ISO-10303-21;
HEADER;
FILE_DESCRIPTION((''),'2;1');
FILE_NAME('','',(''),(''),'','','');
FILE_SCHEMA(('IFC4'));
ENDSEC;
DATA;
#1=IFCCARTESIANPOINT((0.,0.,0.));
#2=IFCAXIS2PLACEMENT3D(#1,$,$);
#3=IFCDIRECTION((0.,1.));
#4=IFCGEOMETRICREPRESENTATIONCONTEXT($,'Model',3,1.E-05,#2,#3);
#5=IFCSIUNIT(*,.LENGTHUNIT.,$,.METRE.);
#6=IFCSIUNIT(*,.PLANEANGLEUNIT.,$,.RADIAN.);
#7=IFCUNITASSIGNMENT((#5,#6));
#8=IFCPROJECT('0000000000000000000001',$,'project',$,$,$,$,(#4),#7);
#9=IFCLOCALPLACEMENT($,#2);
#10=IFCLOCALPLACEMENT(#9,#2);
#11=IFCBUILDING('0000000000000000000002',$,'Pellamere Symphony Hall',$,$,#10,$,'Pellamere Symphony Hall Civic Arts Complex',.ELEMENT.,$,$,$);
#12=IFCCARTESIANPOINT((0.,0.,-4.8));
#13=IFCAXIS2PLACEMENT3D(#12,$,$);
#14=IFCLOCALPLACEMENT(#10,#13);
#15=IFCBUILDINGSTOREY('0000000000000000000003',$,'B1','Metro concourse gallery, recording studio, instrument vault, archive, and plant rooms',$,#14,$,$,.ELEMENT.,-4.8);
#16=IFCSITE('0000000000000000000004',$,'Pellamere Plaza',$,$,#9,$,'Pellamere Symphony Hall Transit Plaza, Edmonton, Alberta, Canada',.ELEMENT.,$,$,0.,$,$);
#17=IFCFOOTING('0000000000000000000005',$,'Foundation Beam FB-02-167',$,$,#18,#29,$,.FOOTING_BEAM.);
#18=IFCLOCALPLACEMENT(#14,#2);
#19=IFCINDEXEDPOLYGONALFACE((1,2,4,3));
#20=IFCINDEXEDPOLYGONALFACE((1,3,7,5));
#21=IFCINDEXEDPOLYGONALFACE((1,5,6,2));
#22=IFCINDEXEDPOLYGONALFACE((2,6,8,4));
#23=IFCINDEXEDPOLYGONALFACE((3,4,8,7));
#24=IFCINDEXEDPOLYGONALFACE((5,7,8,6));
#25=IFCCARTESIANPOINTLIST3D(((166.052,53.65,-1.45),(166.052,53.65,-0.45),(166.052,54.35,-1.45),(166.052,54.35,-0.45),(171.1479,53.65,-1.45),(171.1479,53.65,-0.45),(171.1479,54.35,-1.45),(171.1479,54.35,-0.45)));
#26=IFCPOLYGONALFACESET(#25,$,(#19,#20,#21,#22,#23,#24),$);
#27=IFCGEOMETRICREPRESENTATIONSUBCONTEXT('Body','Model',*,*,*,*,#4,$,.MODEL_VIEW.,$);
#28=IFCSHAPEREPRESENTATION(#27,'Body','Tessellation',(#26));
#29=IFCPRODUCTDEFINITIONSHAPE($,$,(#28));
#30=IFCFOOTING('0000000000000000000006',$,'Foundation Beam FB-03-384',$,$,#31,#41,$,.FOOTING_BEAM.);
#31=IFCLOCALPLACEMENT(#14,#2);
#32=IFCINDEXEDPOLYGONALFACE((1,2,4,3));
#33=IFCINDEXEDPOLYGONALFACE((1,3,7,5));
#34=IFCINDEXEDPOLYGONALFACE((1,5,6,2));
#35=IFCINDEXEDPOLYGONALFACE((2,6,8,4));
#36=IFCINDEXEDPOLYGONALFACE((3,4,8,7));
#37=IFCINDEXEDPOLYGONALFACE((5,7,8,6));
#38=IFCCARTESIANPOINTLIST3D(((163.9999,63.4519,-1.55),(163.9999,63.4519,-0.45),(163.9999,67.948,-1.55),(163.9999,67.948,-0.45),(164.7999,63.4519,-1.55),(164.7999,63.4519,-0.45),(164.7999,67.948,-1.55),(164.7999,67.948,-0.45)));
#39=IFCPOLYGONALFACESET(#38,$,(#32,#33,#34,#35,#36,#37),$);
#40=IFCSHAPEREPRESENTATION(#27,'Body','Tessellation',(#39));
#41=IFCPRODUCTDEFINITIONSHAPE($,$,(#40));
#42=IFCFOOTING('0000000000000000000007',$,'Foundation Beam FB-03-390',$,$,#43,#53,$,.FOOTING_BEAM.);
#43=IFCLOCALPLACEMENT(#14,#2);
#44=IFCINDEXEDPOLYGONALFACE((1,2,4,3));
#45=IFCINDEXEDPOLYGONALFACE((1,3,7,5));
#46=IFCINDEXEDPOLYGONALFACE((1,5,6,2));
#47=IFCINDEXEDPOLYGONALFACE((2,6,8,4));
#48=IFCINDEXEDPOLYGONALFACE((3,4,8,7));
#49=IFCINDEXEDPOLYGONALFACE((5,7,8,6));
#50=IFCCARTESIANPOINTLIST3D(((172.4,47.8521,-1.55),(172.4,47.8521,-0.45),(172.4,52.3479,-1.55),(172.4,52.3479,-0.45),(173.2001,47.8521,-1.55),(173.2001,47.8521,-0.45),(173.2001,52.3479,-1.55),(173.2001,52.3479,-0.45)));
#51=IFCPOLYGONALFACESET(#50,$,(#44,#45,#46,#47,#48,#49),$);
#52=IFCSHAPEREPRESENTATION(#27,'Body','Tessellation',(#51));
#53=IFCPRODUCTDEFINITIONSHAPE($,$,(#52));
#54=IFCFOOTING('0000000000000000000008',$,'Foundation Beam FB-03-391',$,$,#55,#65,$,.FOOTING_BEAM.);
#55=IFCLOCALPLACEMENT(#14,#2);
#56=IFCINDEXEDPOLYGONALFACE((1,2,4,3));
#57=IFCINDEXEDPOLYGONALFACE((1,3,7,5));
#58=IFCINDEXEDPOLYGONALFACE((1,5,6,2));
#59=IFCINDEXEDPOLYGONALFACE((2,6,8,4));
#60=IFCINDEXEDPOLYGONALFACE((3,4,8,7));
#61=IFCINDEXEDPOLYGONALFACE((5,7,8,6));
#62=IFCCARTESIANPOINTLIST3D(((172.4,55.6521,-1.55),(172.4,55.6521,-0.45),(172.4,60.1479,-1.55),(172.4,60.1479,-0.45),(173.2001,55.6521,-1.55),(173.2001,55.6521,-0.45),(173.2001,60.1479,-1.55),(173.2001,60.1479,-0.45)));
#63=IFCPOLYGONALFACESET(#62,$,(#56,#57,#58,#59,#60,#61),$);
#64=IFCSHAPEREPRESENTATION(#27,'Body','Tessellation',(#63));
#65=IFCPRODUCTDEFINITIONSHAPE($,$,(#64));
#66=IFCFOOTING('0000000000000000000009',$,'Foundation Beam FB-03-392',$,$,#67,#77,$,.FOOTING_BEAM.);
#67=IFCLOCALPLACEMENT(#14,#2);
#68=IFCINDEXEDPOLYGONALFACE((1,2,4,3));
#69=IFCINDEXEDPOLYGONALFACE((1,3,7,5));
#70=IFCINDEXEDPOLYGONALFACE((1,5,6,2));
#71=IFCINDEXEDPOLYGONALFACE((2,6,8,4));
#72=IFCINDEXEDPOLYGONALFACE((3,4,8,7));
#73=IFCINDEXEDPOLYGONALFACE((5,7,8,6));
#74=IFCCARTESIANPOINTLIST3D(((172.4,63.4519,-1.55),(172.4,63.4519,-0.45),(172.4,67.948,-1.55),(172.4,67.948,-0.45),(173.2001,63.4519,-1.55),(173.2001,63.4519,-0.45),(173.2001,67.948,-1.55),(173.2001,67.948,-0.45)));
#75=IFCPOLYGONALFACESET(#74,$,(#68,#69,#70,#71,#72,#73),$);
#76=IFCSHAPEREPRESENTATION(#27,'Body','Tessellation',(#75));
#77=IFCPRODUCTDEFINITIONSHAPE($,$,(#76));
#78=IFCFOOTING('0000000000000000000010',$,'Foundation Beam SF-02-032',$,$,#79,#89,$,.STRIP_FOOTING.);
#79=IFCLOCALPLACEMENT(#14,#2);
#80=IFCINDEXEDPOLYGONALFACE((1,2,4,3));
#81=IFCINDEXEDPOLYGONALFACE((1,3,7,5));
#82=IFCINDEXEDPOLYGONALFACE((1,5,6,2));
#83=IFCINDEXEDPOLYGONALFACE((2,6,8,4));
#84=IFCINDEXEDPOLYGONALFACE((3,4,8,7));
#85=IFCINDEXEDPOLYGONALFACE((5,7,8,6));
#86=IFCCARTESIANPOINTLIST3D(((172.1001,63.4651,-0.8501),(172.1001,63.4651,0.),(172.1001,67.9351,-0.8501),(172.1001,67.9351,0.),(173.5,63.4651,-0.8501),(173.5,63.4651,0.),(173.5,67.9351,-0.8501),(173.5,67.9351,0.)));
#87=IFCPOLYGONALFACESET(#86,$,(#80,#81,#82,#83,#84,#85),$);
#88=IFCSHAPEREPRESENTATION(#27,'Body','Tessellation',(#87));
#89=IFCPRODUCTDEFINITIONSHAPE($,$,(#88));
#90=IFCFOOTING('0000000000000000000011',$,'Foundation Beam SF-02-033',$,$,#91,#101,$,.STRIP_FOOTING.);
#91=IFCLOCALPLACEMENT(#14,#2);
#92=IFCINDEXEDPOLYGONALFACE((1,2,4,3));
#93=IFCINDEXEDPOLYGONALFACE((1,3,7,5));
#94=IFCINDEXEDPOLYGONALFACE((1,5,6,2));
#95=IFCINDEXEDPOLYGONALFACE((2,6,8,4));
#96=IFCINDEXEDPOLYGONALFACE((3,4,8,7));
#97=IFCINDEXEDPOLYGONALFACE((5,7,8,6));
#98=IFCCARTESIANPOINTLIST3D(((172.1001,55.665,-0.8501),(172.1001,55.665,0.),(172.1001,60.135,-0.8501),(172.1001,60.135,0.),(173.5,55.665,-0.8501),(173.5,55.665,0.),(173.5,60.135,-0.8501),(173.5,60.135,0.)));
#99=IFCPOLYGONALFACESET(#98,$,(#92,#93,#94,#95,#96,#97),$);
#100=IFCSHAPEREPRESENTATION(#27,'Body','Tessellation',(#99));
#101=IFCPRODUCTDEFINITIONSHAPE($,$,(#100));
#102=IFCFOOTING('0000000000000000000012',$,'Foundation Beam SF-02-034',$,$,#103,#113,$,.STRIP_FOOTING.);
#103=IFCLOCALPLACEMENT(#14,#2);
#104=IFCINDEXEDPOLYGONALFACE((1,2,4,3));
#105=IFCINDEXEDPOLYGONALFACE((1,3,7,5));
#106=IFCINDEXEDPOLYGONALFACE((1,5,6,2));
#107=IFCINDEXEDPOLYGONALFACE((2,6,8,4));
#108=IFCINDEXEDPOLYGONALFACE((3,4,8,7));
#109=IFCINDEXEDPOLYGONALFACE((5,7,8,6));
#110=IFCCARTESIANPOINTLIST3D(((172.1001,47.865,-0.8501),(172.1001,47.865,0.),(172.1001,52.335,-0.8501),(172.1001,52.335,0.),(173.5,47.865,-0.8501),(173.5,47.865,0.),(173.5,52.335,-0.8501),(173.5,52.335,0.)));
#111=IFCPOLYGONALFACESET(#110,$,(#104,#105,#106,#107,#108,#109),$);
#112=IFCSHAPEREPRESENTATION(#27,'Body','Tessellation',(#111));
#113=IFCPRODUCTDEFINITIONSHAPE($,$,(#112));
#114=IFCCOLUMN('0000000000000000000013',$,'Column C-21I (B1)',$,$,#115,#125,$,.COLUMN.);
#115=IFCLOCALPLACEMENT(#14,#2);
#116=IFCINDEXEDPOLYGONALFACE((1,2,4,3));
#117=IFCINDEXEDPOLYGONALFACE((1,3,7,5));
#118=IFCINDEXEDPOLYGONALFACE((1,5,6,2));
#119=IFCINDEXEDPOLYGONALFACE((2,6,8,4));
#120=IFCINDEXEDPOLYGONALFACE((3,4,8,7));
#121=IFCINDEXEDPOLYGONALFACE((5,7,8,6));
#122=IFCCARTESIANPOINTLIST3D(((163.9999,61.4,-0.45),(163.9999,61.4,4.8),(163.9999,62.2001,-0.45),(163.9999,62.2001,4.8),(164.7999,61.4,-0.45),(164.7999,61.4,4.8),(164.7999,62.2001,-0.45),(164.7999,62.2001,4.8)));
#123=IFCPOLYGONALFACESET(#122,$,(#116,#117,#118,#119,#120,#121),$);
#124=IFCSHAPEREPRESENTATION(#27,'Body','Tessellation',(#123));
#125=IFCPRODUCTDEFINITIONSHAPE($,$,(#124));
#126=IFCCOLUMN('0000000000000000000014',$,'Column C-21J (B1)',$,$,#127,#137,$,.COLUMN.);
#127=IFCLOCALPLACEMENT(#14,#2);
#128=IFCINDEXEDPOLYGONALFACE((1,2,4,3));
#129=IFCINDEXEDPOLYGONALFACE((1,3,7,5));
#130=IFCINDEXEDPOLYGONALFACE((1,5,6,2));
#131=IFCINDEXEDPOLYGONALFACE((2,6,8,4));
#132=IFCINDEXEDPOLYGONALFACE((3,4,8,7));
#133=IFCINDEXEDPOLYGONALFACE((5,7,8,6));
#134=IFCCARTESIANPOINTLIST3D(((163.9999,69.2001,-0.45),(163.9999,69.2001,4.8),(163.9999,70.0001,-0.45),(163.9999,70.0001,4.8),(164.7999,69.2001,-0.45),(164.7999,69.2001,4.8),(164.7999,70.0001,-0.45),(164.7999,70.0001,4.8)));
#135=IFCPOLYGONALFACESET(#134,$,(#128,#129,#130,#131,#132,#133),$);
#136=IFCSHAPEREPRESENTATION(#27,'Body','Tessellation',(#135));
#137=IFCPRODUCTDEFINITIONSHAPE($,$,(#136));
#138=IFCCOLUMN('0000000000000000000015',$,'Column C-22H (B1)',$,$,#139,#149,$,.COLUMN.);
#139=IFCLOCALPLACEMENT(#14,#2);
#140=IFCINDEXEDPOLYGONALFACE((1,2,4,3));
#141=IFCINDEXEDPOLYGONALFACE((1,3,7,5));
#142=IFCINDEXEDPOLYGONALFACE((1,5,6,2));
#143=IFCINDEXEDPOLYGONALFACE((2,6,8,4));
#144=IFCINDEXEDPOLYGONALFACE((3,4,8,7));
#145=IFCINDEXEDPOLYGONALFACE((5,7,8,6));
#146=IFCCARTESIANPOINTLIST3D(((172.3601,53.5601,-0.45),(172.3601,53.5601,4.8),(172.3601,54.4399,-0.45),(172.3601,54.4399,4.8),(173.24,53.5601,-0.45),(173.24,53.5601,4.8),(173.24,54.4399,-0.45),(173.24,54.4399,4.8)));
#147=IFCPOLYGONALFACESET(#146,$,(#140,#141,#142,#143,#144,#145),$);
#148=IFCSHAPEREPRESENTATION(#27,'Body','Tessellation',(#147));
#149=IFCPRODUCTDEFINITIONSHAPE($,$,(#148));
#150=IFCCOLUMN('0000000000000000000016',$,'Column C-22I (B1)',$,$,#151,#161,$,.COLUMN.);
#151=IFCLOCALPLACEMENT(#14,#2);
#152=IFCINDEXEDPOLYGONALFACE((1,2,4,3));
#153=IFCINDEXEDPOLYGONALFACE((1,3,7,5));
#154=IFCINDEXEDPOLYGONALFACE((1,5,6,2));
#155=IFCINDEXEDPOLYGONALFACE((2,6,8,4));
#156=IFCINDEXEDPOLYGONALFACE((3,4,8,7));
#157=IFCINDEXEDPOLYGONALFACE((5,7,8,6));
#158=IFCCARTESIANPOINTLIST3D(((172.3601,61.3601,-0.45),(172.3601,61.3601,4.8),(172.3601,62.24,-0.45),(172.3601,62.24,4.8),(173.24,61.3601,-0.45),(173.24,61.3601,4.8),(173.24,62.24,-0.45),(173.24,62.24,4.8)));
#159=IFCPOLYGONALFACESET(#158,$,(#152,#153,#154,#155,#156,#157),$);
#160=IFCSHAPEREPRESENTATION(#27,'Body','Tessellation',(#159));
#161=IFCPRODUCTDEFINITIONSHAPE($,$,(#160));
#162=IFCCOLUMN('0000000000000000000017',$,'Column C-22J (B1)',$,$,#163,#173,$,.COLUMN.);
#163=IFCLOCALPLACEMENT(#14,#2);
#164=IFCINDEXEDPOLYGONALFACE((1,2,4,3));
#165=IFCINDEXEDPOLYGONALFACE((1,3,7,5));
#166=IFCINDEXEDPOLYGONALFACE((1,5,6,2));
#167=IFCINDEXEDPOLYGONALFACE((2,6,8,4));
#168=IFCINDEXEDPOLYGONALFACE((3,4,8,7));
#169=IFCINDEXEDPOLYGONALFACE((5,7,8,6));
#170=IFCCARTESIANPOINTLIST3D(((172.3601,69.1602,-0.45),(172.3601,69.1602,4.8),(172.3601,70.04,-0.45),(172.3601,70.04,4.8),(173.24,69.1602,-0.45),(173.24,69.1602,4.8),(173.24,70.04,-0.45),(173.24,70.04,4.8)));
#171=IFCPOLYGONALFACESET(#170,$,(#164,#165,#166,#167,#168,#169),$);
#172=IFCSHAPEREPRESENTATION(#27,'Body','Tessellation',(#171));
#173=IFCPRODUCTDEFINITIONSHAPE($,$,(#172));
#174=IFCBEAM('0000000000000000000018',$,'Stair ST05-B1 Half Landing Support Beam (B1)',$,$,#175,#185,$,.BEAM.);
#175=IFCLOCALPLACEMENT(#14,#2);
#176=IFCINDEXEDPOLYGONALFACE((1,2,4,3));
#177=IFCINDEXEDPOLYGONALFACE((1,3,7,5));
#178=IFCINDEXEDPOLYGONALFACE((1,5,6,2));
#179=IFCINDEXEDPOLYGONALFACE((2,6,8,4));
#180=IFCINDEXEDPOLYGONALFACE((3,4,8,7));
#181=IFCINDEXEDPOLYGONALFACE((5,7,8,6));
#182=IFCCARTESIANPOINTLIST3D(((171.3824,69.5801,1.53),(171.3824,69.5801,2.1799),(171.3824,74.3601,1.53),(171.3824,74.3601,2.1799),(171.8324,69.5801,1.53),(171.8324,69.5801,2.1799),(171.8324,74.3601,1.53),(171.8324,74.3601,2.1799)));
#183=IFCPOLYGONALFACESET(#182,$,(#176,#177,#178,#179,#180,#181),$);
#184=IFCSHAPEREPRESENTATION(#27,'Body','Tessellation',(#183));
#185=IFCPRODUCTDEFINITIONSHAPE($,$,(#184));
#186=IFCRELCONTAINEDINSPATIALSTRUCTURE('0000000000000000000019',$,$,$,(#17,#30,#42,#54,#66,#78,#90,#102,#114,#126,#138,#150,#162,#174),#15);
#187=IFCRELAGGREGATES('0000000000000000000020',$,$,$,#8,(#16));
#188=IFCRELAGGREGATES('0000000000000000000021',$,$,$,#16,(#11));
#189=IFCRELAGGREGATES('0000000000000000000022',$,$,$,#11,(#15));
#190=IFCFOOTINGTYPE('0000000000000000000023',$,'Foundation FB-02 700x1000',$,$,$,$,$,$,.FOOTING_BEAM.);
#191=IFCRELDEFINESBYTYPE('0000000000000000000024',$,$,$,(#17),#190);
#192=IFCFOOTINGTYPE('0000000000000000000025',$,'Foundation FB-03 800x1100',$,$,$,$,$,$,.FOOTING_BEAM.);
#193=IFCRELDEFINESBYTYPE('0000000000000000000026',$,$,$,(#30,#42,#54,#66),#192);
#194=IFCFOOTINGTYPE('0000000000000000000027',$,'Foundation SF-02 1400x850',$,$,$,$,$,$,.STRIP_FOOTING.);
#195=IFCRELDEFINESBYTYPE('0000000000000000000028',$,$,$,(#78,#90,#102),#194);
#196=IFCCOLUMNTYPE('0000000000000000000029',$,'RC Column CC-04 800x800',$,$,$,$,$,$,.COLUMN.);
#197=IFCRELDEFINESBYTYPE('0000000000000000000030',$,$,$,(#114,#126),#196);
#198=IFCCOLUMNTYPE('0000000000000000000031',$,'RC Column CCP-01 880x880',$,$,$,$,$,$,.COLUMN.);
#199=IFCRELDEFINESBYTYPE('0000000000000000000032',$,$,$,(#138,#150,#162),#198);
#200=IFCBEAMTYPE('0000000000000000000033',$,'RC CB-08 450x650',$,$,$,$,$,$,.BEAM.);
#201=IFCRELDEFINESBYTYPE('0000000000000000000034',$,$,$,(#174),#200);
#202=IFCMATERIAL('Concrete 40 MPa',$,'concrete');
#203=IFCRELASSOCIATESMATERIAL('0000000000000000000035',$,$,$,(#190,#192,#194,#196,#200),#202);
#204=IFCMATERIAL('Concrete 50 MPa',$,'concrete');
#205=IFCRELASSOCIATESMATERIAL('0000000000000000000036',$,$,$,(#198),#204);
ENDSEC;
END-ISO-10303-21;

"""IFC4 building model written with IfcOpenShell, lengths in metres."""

from ifc_helpers import new_model, si_unit, direction, frame, origin, origin_2d, place, context, subcontext, project, spatial, rectangle, extrude, material, material_profile, profile_set, type_object, element, save


model = new_model("IFC4")

# Units and contexts
model_context = context("Model", 3, precision=1e-05, world=origin(), true_north=direction((0.0, 1.0)))
body_context = subcontext(model_context, "Body", "Model", "MODEL_VIEW")
ifc_project = project(units=[si_unit("LENGTHUNIT", "METRE"), si_unit("PLANEANGLEUNIT", "RADIAN")], contexts=[model_context])

# Site, building, storey
site_placement = place(None, origin())
site = spatial("IfcSite", under=ifc_project, at=site_placement, Name="Pellamere Plaza", LongName="Pellamere Symphony Hall Transit Plaza, Edmonton, Alberta, Canada", CompositionType="ELEMENT", RefElevation=0.0)
building_placement = place(site_placement, origin())
building = spatial("IfcBuilding", under=site, at=building_placement, Name="Pellamere Symphony Hall", LongName="Pellamere Symphony Hall Civic Arts Complex", CompositionType="ELEMENT")
storey_placement = place(building_placement, frame((0.0, 0.0, -4.8)))
storey = spatial("IfcBuildingStorey", under=building, at=storey_placement, Name="B1", Description="Metro concourse gallery, recording studio, instrument vault, archive, and plant rooms", CompositionType="ELEMENT", Elevation=-4.8)

# Shared definitions
ifc_material_1 = material(Name="Concrete 40 MPa", Category="concrete")

# Footings
ifc_material_profile_1 = material_profile(ifc_material_1, rectangle(XDim=0.7, YDim=1.0, at=origin_2d()), Name="RC 700x1000")
ifc_profile_set_1 = profile_set([ifc_material_profile_1], Name="Concrete 40 MPa")
footing_type_1 = type_object("IfcFootingType", Name="Foundation FB-02 700x1000", PredefinedType="FOOTING_BEAM", material=ifc_profile_set_1)
footing_1_placement = place(storey_placement, frame((166.052, 54.0, -0.95), z_axis=(1.0, 0.0, 0.0), x_axis=(0.0, 1.0, 0.0)))
element("IfcFooting", 1, at=footing_1_placement, inside=storey, type_object=footing_type_1, Name="Foundation Beam FB-02-167", PredefinedType="FOOTING_BEAM", context=body_context, shape_type="SweptSolid", body=[
    extrude(rectangle(XDim=0.7, YDim=1.0, at=origin_2d()), origin(), (0.0, 0.0, 1.0), 5.0959),
])
ifc_material_profile_2 = material_profile(ifc_material_1, rectangle(XDim=0.8, YDim=1.1001, at=origin_2d()), Name="RC 800x1100")
ifc_profile_set_2 = profile_set([ifc_material_profile_2], Name="Concrete 40 MPa")
footing_type_2 = type_object("IfcFootingType", Name="Foundation FB-03 800x1100", PredefinedType="FOOTING_BEAM", material=ifc_profile_set_2)
footing_2_placement = place(storey_placement, frame((164.3999, 63.4519, -1.0), z_axis=(0.0, 1.0, 0.0), x_axis=(-1.0, 0.0, 0.0)))
element("IfcFooting", 2, at=footing_2_placement, inside=storey, type_object=footing_type_2, Name="Foundation Beam FB-03-384", PredefinedType="FOOTING_BEAM", context=body_context, shape_type="SweptSolid", body=[
    extrude(rectangle(XDim=0.8, YDim=1.1001, at=origin_2d()), origin(), (0.0, 0.0, 1.0), 4.4961),
])
for number, where, z_axis, x_axis, name in (
    (3, (172.8, 47.8521, -1.0), (0.0, 1.0, 0.0), (-1.0, 0.0, 0.0), "Foundation Beam FB-03-390"),
    (4, (172.8, 55.6521, -1.0), (0.0, 1.0, 0.0), (-1.0, 0.0, 0.0), "Foundation Beam FB-03-391"),
):
    element("IfcFooting", number, at=place(storey_placement, frame(where, z_axis=z_axis, x_axis=x_axis)), inside=storey, type_object=footing_type_2, Name=name, PredefinedType="FOOTING_BEAM", context=body_context, shape_type="SweptSolid", body=[
        extrude(rectangle(XDim=0.8, YDim=1.1001, at=origin_2d()), origin(), (0.0, 0.0, 1.0), 4.4958),
    ])
footing_3_placement = place(storey_placement, frame((172.8, 63.4519, -1.0), z_axis=(0.0, 1.0, 0.0), x_axis=(-1.0, 0.0, 0.0)))
element("IfcFooting", 5, at=footing_3_placement, inside=storey, type_object=footing_type_2, Name="Foundation Beam FB-03-392", PredefinedType="FOOTING_BEAM", context=body_context, shape_type="SweptSolid", body=[
    extrude(rectangle(XDim=0.8, YDim=1.1001, at=origin_2d()), origin(), (0.0, 0.0, 1.0), 4.4961),
])
ifc_material_profile_3 = material_profile(ifc_material_1, rectangle(XDim=1.3999, YDim=0.8501, at=origin_2d()), Name="RC 1400x850")
ifc_profile_set_3 = profile_set([ifc_material_profile_3], Name="Concrete 40 MPa")
footing_type_3 = type_object("IfcFootingType", Name="Foundation SF-02 1400x850", PredefinedType="STRIP_FOOTING", material=ifc_profile_set_3)
for number, where, z_axis, x_axis, name in (
    (6, (172.8, 67.9351, -0.425), (0.0, -1.0, 0.0), (1.0, 0.0, 0.0), "Foundation Beam SF-02-032"),
    (7, (172.8, 60.135, -0.425), (0.0, -1.0, 0.0), (1.0, 0.0, 0.0), "Foundation Beam SF-02-033"),
    (8, (172.8, 52.335, -0.425), (0.0, -1.0, 0.0), (1.0, 0.0, 0.0), "Foundation Beam SF-02-034"),
):
    element("IfcFooting", number, at=place(storey_placement, frame(where, z_axis=z_axis, x_axis=x_axis)), inside=storey, type_object=footing_type_3, Name=name, PredefinedType="STRIP_FOOTING", context=body_context, shape_type="SweptSolid", body=[
        extrude(rectangle(XDim=1.3999, YDim=0.8501, at=origin_2d()), origin(), (0.0, 0.0, 1.0), 4.47),
    ])

# Columns
ifc_material_profile_4 = material_profile(ifc_material_1, rectangle(XDim=0.8, YDim=0.8, at=origin_2d()), Name="RC 800x800")
ifc_profile_set_4 = profile_set([ifc_material_profile_4], Name="Concrete 40 MPa")
column_type_1 = type_object("IfcColumnType", Name="RC Column CC-04 800x800", PredefinedType="COLUMN", material=ifc_profile_set_4)
for number, where, z_axis, x_axis, name in (
    (9, (164.3999, 61.8, -0.45), (0.0, 0.0, 1.0), (1.0, 0.0, 0.0), "Column C-21I (B1)"),
    (10, (164.3999, 69.6001, -0.45), (0.0, 0.0, 1.0), (1.0, 0.0, 0.0), "Column C-21J (B1)"),
):
    element("IfcColumn", number, at=place(storey_placement, frame(where, z_axis=z_axis, x_axis=x_axis)), inside=storey, type_object=column_type_1, Name=name, PredefinedType="COLUMN", context=body_context, shape_type="SweptSolid", body=[
        extrude(rectangle(XDim=0.8, YDim=0.8, at=origin_2d()), origin(), (0.0, 0.0, 1.0), 5.25),
    ])
ifc_material_2 = material(Name="Concrete 50 MPa", Category="concrete")
ifc_material_profile_5 = material_profile(ifc_material_2, rectangle(XDim=0.8799, YDim=0.8799, at=origin_2d()), Name="RC 880x880")
ifc_profile_set_5 = profile_set([ifc_material_profile_5], Name="Concrete 50 MPa")
column_type_2 = type_object("IfcColumnType", Name="RC Column CCP-01 880x880", PredefinedType="COLUMN", material=ifc_profile_set_5)
for number, where, z_axis, x_axis, name in (
    (11, (172.8, 54.0, -0.45), (0.0, 0.0, 1.0), (1.0, 0.0, 0.0), "Column C-22H (B1)"),
    (12, (172.8, 61.8, -0.45), (0.0, 0.0, 1.0), (1.0, 0.0, 0.0), "Column C-22I (B1)"),
    (13, (172.8, 69.6001, -0.45), (0.0, 0.0, 1.0), (1.0, 0.0, 0.0), "Column C-22J (B1)"),
):
    element("IfcColumn", number, at=place(storey_placement, frame(where, z_axis=z_axis, x_axis=x_axis)), inside=storey, type_object=column_type_2, Name=name, PredefinedType="COLUMN", context=body_context, shape_type="SweptSolid", body=[
        extrude(rectangle(XDim=0.8799, YDim=0.8799, at=origin_2d()), origin(), (0.0, 0.0, 1.0), 5.25),
    ])

# Beam
ifc_material_profile_6 = material_profile(ifc_material_1, rectangle(XDim=0.45, YDim=0.6499, at=origin_2d()), Name="RC 450x650")
ifc_profile_set_6 = profile_set([ifc_material_profile_6], Name="Concrete 40 MPa")
beam_type = type_object("IfcBeamType", Name="RC CB-08 450x650", PredefinedType="BEAM", material=ifc_profile_set_6)
beam_placement = place(storey_placement, frame((171.6074, 69.5801, 1.855), z_axis=(0.0, 1.0, 0.0), x_axis=(-1.0, 0.0, 0.0)))
element("IfcBeam", 14, at=beam_placement, inside=storey, type_object=beam_type, Name="Stair ST05-B1 Half Landing Support Beam (B1)", PredefinedType="BEAM", context=body_context, shape_type="SweptSolid", body=[
    extrude(rectangle(XDim=0.45, YDim=0.6499, at=origin_2d()), origin(), (0.0, 0.0, 1.0), 4.78),
])

save(model, "model.ifc")
